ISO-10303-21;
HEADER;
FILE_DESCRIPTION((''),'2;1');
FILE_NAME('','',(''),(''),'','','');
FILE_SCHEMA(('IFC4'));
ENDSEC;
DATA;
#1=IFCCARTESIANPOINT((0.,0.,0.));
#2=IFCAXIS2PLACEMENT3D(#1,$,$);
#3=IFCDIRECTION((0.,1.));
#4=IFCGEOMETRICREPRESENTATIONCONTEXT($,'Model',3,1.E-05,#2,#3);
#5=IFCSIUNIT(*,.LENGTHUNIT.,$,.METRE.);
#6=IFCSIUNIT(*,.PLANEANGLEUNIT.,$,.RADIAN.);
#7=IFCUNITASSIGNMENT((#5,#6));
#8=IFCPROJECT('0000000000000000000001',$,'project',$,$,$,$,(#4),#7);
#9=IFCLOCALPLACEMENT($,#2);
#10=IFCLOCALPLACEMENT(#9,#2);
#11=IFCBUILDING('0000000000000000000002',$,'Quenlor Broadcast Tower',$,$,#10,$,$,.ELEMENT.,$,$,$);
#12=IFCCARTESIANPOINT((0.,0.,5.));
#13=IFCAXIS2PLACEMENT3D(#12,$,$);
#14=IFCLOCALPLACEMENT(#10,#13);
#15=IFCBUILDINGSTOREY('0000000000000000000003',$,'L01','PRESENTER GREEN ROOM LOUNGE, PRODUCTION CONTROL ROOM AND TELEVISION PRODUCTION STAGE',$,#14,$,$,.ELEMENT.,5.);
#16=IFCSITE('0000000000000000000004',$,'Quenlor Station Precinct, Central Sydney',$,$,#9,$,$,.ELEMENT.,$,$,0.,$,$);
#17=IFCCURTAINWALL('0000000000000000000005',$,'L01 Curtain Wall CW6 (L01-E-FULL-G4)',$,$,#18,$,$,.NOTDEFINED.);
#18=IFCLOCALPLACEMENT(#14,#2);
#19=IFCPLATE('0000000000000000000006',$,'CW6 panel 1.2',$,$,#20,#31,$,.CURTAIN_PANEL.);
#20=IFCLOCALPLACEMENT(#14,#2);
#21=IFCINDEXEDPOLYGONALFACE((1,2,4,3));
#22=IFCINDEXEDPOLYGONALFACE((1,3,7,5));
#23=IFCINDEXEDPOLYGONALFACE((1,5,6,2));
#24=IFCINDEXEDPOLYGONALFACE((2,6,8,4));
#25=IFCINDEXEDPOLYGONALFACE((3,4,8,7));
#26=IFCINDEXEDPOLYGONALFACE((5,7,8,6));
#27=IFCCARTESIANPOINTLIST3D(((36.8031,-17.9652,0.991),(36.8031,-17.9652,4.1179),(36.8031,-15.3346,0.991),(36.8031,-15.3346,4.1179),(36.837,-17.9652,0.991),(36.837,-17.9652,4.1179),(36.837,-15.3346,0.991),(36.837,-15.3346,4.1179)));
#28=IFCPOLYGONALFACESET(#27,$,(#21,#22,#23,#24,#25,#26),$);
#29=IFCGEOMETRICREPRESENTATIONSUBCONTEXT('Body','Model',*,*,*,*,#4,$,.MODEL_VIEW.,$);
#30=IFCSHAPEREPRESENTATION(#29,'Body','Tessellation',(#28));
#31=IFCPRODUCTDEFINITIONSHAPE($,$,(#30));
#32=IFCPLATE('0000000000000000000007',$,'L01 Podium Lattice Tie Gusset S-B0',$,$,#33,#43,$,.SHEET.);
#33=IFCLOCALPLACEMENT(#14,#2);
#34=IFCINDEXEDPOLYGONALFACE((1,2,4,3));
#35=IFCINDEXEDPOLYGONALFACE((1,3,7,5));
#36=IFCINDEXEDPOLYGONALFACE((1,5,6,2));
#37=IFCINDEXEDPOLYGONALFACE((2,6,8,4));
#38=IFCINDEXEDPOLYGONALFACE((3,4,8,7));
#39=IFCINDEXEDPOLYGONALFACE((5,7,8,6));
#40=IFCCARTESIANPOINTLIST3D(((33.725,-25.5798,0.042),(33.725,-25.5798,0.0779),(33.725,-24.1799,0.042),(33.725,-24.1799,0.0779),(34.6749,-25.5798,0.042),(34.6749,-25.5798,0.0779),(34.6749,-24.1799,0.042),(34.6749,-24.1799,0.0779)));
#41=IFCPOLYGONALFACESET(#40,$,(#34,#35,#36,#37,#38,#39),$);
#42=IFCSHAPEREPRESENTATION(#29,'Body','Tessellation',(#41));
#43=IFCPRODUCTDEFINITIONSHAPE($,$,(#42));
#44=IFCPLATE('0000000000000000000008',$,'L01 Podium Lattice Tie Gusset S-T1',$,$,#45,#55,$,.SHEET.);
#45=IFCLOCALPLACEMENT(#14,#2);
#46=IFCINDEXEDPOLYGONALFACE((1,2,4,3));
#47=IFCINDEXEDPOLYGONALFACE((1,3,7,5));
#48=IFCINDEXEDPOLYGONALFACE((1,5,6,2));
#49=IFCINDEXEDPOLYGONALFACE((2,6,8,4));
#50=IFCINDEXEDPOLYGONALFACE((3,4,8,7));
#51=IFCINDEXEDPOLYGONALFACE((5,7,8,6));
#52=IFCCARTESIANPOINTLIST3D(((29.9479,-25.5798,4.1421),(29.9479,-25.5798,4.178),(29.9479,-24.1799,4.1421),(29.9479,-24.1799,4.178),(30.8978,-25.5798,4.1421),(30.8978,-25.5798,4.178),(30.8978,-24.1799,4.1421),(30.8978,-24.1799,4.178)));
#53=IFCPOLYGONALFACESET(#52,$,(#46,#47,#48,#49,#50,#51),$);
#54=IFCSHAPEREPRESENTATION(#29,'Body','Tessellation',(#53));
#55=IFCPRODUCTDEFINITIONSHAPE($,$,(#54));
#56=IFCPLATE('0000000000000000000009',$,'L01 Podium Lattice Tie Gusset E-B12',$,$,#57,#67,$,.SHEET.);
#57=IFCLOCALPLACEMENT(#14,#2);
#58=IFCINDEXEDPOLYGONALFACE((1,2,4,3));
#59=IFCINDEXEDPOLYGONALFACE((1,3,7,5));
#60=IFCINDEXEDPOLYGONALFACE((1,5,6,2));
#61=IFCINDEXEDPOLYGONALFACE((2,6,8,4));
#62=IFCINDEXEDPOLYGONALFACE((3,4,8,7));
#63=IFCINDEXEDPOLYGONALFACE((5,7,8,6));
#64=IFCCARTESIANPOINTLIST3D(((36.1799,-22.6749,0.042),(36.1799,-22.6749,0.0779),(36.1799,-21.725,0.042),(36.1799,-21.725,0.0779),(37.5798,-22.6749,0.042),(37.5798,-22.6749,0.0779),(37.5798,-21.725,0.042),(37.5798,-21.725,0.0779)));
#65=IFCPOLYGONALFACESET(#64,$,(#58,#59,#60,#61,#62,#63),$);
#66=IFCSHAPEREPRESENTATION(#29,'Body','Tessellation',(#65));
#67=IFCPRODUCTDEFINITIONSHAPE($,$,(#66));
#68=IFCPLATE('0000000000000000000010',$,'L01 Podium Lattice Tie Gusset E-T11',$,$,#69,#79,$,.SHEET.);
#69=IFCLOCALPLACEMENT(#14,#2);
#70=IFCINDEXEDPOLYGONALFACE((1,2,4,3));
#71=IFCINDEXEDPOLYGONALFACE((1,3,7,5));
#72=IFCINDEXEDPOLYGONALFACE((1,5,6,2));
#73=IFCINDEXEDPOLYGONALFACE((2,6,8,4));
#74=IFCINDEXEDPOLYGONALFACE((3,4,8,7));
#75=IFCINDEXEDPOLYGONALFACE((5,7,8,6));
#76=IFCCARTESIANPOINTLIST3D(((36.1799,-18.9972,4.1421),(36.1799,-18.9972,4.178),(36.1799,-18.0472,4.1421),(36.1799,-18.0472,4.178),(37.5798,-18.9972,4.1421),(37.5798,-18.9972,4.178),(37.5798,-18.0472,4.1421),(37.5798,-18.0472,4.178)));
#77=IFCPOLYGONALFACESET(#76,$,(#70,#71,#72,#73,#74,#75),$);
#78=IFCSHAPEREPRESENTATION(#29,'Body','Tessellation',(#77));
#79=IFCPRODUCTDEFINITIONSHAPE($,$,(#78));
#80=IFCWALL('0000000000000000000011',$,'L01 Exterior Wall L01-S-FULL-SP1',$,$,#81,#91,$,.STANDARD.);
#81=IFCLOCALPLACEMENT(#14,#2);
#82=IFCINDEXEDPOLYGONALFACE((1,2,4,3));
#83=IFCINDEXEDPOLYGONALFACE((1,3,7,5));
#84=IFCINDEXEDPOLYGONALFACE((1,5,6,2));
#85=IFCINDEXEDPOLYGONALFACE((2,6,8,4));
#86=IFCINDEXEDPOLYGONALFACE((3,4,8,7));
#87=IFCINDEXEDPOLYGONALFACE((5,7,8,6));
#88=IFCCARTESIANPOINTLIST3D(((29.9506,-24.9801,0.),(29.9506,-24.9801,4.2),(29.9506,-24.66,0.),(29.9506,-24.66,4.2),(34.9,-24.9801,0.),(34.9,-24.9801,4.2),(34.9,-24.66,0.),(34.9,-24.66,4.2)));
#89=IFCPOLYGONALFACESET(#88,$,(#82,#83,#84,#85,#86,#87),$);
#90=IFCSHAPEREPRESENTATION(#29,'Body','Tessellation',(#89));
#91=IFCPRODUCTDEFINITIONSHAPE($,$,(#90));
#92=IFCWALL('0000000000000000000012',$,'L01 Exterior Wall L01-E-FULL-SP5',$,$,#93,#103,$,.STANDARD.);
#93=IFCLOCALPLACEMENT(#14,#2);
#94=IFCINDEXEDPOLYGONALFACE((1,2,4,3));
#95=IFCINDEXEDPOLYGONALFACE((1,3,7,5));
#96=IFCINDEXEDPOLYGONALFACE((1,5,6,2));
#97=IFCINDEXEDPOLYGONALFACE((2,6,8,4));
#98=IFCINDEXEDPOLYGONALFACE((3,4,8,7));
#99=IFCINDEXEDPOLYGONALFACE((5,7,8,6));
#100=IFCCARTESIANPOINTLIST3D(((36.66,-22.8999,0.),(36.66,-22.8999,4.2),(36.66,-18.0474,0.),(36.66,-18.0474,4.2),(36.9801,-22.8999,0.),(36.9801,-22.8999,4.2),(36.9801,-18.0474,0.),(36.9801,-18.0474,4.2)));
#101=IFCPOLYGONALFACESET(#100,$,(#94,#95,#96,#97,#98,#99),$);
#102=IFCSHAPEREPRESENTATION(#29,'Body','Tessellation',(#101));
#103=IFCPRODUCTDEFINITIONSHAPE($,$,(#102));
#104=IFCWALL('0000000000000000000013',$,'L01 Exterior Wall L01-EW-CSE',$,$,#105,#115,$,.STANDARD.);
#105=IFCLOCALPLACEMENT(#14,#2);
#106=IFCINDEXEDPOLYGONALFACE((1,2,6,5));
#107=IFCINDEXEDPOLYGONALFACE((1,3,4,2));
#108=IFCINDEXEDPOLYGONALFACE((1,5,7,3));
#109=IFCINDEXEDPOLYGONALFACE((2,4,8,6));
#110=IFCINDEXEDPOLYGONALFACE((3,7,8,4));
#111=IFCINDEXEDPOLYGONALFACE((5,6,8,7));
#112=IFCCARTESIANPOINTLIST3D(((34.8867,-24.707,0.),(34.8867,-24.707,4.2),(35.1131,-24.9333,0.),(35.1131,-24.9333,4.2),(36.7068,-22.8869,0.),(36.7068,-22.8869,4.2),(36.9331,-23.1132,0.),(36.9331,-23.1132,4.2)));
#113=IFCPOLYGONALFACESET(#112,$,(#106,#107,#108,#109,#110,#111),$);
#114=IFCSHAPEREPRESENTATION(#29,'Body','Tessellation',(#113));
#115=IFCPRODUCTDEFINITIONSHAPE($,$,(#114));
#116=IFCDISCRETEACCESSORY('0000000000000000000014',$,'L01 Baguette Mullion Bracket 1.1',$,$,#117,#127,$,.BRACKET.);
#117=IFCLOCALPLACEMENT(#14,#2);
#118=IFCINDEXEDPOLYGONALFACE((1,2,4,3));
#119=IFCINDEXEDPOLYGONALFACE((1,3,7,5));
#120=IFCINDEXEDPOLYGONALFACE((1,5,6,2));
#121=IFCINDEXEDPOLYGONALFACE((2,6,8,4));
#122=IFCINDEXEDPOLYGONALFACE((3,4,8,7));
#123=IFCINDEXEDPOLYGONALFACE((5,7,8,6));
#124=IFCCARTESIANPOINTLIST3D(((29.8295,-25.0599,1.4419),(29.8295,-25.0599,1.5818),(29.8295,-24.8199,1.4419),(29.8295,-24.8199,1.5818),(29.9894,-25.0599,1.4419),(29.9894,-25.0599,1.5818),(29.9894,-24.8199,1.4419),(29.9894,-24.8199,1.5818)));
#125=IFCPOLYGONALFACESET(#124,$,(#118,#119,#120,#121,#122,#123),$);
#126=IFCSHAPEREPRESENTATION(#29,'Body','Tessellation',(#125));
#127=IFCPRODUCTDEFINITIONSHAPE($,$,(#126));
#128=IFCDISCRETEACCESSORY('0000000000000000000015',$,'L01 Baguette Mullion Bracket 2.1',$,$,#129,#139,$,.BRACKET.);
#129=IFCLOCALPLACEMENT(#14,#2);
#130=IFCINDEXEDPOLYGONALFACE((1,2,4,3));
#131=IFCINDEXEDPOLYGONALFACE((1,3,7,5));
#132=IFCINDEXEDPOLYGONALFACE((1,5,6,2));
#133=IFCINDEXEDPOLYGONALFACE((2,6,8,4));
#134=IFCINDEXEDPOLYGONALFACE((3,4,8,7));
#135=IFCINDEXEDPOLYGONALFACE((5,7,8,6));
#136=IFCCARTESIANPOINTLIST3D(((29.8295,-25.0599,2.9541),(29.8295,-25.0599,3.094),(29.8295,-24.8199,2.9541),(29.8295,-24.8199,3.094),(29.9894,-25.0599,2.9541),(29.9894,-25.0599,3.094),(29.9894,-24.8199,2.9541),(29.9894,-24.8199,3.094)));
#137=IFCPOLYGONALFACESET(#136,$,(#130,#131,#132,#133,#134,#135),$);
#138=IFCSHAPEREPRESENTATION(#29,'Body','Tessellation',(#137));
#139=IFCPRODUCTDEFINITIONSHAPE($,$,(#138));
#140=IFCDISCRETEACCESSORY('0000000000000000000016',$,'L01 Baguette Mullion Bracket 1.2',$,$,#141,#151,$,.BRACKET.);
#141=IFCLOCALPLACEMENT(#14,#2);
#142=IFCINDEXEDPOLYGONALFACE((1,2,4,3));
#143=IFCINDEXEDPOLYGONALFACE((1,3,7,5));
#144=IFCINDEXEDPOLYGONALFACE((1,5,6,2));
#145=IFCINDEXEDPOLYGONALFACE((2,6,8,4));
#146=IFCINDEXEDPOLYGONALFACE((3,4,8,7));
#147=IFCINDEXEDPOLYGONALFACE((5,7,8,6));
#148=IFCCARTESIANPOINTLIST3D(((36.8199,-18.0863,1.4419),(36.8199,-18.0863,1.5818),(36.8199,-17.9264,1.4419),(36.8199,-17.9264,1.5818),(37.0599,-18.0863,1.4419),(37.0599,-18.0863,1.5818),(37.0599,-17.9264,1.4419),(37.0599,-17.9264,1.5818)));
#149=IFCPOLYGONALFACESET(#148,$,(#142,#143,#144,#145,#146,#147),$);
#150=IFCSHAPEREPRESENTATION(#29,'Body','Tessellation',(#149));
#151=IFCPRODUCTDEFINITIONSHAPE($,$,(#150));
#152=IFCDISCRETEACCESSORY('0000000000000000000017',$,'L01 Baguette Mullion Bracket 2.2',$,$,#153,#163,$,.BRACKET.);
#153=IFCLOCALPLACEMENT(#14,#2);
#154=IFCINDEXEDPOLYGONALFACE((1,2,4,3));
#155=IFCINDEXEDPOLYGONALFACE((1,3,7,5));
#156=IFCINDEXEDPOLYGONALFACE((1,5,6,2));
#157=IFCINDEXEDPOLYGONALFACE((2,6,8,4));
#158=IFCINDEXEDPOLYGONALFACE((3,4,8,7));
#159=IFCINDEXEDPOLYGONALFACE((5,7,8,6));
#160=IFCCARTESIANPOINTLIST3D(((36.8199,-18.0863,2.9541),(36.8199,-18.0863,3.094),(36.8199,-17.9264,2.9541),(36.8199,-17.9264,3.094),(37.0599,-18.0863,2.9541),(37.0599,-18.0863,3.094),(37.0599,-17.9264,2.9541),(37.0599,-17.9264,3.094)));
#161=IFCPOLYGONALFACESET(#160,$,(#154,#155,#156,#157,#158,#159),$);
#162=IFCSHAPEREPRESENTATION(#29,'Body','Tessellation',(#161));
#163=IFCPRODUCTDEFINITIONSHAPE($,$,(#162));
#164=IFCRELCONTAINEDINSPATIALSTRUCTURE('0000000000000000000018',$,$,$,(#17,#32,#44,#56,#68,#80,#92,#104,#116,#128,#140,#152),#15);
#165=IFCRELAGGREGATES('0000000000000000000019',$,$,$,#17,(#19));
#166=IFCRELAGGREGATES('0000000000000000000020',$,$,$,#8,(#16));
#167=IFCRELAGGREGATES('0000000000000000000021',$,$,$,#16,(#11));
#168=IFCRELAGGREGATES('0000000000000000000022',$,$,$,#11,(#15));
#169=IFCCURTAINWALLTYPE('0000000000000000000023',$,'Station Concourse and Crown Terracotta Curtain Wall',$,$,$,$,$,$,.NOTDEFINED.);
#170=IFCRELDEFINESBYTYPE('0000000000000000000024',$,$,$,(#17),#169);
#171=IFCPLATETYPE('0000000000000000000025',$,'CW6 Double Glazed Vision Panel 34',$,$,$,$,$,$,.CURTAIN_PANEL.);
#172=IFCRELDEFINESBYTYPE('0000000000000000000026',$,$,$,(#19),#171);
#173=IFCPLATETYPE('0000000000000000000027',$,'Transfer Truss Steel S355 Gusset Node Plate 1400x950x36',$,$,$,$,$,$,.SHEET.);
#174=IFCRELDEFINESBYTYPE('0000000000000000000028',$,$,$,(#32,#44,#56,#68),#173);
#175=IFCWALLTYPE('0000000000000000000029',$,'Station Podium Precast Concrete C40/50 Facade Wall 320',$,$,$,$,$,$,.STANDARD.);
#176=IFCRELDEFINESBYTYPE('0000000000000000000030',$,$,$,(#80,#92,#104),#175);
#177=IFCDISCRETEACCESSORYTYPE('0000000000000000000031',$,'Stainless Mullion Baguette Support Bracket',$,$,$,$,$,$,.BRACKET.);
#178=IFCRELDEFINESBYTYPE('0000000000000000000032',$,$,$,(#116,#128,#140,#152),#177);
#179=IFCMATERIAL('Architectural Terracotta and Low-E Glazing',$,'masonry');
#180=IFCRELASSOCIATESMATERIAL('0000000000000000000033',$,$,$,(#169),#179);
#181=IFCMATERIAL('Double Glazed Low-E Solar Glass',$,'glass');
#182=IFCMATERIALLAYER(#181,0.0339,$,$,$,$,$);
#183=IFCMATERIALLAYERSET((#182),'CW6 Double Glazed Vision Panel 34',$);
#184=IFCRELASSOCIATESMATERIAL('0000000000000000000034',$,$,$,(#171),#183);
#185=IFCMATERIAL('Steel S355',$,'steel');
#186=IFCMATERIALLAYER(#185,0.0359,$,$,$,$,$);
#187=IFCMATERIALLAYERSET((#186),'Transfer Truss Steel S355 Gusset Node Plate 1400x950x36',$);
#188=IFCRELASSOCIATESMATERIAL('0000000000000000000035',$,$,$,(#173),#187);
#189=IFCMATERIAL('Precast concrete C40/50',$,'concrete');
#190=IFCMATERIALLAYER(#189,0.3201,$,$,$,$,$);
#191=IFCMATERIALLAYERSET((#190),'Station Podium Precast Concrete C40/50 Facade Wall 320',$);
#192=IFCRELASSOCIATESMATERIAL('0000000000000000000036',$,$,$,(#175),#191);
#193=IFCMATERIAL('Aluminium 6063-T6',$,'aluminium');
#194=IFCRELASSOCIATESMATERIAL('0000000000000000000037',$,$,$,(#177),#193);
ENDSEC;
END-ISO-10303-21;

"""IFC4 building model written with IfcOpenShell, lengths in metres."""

from ifc_helpers import new_model, si_unit, direction, frame, frame_2d, origin, origin_2d, place, context, subcontext, project, spatial, rectangle, extrude, material, layer, layer_set, type_object, element, aggregate, save


model = new_model("IFC4")

# Units and contexts
model_context = context("Model", 3, precision=1e-05, world=origin(), true_north=direction((0.0, 1.0)))
body_context = subcontext(model_context, "Body", "Model", "MODEL_VIEW")
ifc_project = project(units=[si_unit("LENGTHUNIT", "METRE"), si_unit("PLANEANGLEUNIT", "RADIAN")], contexts=[model_context])

# Site, building, storey
site_placement = place(None, origin())
site = spatial("IfcSite", under=ifc_project, at=site_placement, Name="Quenlor Station Precinct, Central Sydney", CompositionType="ELEMENT", RefElevation=0.0)
building_placement = place(site_placement, origin())
building = spatial("IfcBuilding", under=site, at=building_placement, Name="Quenlor Broadcast Tower", CompositionType="ELEMENT")
storey_placement = place(building_placement, frame((0.0, 0.0, 5.0)))
storey = spatial("IfcBuildingStorey", under=building, at=storey_placement, Name="L01", Description="PRESENTER GREEN ROOM LOUNGE, PRODUCTION CONTROL ROOM AND TELEVISION PRODUCTION STAGE", CompositionType="ELEMENT", Elevation=5.0)

# Shared definitions
ifc_material_1 = material(Name="Architectural Terracotta and Low-E Glazing", Category="masonry")
curtain_wall_type = type_object("IfcCurtainWallType", Name="Station Concourse and Crown Terracotta Curtain Wall", PredefinedType="NOTDEFINED", material=ifc_material_1)

# Curtain wall
curtain_wall_1_placement = place(storey_placement, origin())
curtain_wall_1 = element("IfcCurtainWall", 1, at=curtain_wall_1_placement, inside=storey, type_object=curtain_wall_type, Name="L01 Curtain Wall CW6 (L01-E-FULL-G4)", PredefinedType="NOTDEFINED")

# Plate
ifc_material_2 = material(Name="Double Glazed Low-E Solar Glass", Category="glass")
ifc_layer_1 = layer(ifc_material_2, 0.0339)
ifc_layer_set_1 = layer_set([ifc_layer_1], Name="CW6 Double Glazed Vision Panel 34")
plate_type_1 = type_object("IfcPlateType", Name="CW6 Double Glazed Vision Panel 34", PredefinedType="CURTAIN_PANEL", material=ifc_layer_set_1)
plate_1_placement = place(storey_placement, frame((36.8201, -16.6499, 0.991), z_axis=(0.0, 0.0, 1.0), x_axis=(0.0, -1.0, 0.0)))
plate_1 = element("IfcPlate", 2, at=plate_1_placement, type_object=plate_type_1, Name="CW6 panel 1.2", PredefinedType="CURTAIN_PANEL", context=body_context, shape_type="SweptSolid", body=[
    extrude(rectangle(XDim=2.6306, YDim=0.0339, at=origin_2d()), origin(), (0.0, 0.0, 1.0), 3.127),
])
aggregate(curtain_wall_1, [plate_1])

# Plates
ifc_material_3 = material(Name="Steel S355", Category="steel")
ifc_layer_2 = layer(ifc_material_3, 0.0359)
ifc_layer_set_2 = layer_set([ifc_layer_2], Name="Transfer Truss Steel S355 Gusset Node Plate 1400x950x36")
plate_type_2 = type_object("IfcPlateType", Name="Transfer Truss Steel S355 Gusset Node Plate 1400x950x36", PredefinedType="SHEET", material=ifc_layer_set_2)
for number, where, z_axis, x_axis, name in (
    (3, (34.2, -24.8799, 0.042), (0.0, 0.0, 1.0), (0.0, -1.0, 0.0), "L01 Podium Lattice Tie Gusset S-B0"),
    (4, (30.4229, -24.8799, 4.1421), (0.0, 0.0, 1.0), (0.0, -1.0, 0.0), "L01 Podium Lattice Tie Gusset S-T1"),
    (5, (36.8799, -22.2, 0.042), (0.0, 0.0, 1.0), (1.0, 0.0, 0.0), "L01 Podium Lattice Tie Gusset E-B12"),
    (6, (36.8799, -18.5222, 4.1421), (0.0, 0.0, 1.0), (1.0, 0.0, 0.0), "L01 Podium Lattice Tie Gusset E-T11"),
):
    element("IfcPlate", number, at=place(storey_placement, frame(where, z_axis=z_axis, x_axis=x_axis)), inside=storey, type_object=plate_type_2, Name=name, PredefinedType="SHEET", context=body_context, shape_type="SweptSolid", body=[
        extrude(rectangle(XDim=1.3999, YDim=0.95, at=origin_2d()), origin(), (0.0, 0.0, 1.0), 0.0359),
    ])

# Walls
ifc_material_4 = material(Name="Precast concrete C40/50", Category="concrete")
ifc_layer_3 = layer(ifc_material_4, 0.3201)
ifc_layer_set_3 = layer_set([ifc_layer_3], Name="Station Podium Precast Concrete C40/50 Facade Wall 320")
wall_type = type_object("IfcWallType", Name="Station Podium Precast Concrete C40/50 Facade Wall 320", PredefinedType="STANDARD", material=ifc_layer_set_3)
wall_1_placement = place(storey_placement, frame((34.8999, -24.8201, 0.0), z_axis=(0.0, 0.0, 1.0), x_axis=(-1.0, 0.0, 0.0)))
element("IfcWall", 7, at=wall_1_placement, inside=storey, type_object=wall_type, Name="L01 Exterior Wall L01-S-FULL-SP1", PredefinedType="STANDARD", context=body_context, shape_type="SweptSolid", body=[
    extrude(rectangle(XDim=4.9495, YDim=0.3201, at=frame_2d((2.4746, 0.0))), origin(), (0.0, 0.0, 1.0), 4.2),
])
wall_2_placement = place(storey_placement, frame((36.8201, -18.0474, 0.0), z_axis=(0.0, 0.0, 1.0), x_axis=(0.0, -1.0, 0.0)))
element("IfcWall", 8, at=wall_2_placement, inside=storey, type_object=wall_type, Name="L01 Exterior Wall L01-E-FULL-SP5", PredefinedType="STANDARD", context=body_context, shape_type="SweptSolid", body=[
    extrude(rectangle(XDim=4.8525, YDim=0.3201, at=frame_2d((2.4263, 0.0))), origin(), (0.0, 0.0, 1.0), 4.2),
])
wall_3_placement = place(storey_placement, frame((36.8201, -23.0, 0.0), z_axis=(0.0, 0.0, 1.0), x_axis=(-0.707107, -0.707107, 0.0)))
element("IfcWall", 9, at=wall_3_placement, inside=storey, type_object=wall_type, Name="L01 Exterior Wall L01-EW-CSE", PredefinedType="STANDARD", context=body_context, shape_type="SweptSolid", body=[
    extrude(rectangle(XDim=2.574, YDim=0.3201, at=frame_2d((1.2871, 0.0))), origin(), (0.0, 0.0, 1.0), 4.2),
])

# Discrete accessories
ifc_material_5 = material(Name="Aluminium 6063-T6", Category="aluminium")
discrete_accessory_type = type_object("IfcDiscreteAccessoryType", Name="Stainless Mullion Baguette Support Bracket", PredefinedType="BRACKET", material=ifc_material_5)
for number, where, z_axis, x_axis, name in (
    (10, (29.9094, -24.9399, 1.4419), (0.0, 0.0, 1.0), (-1.0, 0.0, 0.0), "L01 Baguette Mullion Bracket 1.1"),
    (11, (29.9094, -24.9399, 2.9541), (0.0, 0.0, 1.0), (-1.0, 0.0, 0.0), "L01 Baguette Mullion Bracket 2.1"),
    (12, (36.9399, -18.0063, 1.4419), (0.0, 0.0, 1.0), (0.0, -1.0, 0.0), "L01 Baguette Mullion Bracket 1.2"),
    (13, (36.9399, -18.0063, 2.9541), (0.0, 0.0, 1.0), (0.0, -1.0, 0.0), "L01 Baguette Mullion Bracket 2.2"),
):
    element("IfcDiscreteAccessory", number, at=place(storey_placement, frame(where, z_axis=z_axis, x_axis=x_axis)), inside=storey, type_object=discrete_accessory_type, Name=name, PredefinedType="BRACKET", context=body_context, shape_type="SweptSolid", body=[
        extrude(rectangle(XDim=0.1599, YDim=0.24, at=origin_2d()), origin(), (0.0, 0.0, 1.0), 0.1399),
    ])

save(model, "model.ifc")
